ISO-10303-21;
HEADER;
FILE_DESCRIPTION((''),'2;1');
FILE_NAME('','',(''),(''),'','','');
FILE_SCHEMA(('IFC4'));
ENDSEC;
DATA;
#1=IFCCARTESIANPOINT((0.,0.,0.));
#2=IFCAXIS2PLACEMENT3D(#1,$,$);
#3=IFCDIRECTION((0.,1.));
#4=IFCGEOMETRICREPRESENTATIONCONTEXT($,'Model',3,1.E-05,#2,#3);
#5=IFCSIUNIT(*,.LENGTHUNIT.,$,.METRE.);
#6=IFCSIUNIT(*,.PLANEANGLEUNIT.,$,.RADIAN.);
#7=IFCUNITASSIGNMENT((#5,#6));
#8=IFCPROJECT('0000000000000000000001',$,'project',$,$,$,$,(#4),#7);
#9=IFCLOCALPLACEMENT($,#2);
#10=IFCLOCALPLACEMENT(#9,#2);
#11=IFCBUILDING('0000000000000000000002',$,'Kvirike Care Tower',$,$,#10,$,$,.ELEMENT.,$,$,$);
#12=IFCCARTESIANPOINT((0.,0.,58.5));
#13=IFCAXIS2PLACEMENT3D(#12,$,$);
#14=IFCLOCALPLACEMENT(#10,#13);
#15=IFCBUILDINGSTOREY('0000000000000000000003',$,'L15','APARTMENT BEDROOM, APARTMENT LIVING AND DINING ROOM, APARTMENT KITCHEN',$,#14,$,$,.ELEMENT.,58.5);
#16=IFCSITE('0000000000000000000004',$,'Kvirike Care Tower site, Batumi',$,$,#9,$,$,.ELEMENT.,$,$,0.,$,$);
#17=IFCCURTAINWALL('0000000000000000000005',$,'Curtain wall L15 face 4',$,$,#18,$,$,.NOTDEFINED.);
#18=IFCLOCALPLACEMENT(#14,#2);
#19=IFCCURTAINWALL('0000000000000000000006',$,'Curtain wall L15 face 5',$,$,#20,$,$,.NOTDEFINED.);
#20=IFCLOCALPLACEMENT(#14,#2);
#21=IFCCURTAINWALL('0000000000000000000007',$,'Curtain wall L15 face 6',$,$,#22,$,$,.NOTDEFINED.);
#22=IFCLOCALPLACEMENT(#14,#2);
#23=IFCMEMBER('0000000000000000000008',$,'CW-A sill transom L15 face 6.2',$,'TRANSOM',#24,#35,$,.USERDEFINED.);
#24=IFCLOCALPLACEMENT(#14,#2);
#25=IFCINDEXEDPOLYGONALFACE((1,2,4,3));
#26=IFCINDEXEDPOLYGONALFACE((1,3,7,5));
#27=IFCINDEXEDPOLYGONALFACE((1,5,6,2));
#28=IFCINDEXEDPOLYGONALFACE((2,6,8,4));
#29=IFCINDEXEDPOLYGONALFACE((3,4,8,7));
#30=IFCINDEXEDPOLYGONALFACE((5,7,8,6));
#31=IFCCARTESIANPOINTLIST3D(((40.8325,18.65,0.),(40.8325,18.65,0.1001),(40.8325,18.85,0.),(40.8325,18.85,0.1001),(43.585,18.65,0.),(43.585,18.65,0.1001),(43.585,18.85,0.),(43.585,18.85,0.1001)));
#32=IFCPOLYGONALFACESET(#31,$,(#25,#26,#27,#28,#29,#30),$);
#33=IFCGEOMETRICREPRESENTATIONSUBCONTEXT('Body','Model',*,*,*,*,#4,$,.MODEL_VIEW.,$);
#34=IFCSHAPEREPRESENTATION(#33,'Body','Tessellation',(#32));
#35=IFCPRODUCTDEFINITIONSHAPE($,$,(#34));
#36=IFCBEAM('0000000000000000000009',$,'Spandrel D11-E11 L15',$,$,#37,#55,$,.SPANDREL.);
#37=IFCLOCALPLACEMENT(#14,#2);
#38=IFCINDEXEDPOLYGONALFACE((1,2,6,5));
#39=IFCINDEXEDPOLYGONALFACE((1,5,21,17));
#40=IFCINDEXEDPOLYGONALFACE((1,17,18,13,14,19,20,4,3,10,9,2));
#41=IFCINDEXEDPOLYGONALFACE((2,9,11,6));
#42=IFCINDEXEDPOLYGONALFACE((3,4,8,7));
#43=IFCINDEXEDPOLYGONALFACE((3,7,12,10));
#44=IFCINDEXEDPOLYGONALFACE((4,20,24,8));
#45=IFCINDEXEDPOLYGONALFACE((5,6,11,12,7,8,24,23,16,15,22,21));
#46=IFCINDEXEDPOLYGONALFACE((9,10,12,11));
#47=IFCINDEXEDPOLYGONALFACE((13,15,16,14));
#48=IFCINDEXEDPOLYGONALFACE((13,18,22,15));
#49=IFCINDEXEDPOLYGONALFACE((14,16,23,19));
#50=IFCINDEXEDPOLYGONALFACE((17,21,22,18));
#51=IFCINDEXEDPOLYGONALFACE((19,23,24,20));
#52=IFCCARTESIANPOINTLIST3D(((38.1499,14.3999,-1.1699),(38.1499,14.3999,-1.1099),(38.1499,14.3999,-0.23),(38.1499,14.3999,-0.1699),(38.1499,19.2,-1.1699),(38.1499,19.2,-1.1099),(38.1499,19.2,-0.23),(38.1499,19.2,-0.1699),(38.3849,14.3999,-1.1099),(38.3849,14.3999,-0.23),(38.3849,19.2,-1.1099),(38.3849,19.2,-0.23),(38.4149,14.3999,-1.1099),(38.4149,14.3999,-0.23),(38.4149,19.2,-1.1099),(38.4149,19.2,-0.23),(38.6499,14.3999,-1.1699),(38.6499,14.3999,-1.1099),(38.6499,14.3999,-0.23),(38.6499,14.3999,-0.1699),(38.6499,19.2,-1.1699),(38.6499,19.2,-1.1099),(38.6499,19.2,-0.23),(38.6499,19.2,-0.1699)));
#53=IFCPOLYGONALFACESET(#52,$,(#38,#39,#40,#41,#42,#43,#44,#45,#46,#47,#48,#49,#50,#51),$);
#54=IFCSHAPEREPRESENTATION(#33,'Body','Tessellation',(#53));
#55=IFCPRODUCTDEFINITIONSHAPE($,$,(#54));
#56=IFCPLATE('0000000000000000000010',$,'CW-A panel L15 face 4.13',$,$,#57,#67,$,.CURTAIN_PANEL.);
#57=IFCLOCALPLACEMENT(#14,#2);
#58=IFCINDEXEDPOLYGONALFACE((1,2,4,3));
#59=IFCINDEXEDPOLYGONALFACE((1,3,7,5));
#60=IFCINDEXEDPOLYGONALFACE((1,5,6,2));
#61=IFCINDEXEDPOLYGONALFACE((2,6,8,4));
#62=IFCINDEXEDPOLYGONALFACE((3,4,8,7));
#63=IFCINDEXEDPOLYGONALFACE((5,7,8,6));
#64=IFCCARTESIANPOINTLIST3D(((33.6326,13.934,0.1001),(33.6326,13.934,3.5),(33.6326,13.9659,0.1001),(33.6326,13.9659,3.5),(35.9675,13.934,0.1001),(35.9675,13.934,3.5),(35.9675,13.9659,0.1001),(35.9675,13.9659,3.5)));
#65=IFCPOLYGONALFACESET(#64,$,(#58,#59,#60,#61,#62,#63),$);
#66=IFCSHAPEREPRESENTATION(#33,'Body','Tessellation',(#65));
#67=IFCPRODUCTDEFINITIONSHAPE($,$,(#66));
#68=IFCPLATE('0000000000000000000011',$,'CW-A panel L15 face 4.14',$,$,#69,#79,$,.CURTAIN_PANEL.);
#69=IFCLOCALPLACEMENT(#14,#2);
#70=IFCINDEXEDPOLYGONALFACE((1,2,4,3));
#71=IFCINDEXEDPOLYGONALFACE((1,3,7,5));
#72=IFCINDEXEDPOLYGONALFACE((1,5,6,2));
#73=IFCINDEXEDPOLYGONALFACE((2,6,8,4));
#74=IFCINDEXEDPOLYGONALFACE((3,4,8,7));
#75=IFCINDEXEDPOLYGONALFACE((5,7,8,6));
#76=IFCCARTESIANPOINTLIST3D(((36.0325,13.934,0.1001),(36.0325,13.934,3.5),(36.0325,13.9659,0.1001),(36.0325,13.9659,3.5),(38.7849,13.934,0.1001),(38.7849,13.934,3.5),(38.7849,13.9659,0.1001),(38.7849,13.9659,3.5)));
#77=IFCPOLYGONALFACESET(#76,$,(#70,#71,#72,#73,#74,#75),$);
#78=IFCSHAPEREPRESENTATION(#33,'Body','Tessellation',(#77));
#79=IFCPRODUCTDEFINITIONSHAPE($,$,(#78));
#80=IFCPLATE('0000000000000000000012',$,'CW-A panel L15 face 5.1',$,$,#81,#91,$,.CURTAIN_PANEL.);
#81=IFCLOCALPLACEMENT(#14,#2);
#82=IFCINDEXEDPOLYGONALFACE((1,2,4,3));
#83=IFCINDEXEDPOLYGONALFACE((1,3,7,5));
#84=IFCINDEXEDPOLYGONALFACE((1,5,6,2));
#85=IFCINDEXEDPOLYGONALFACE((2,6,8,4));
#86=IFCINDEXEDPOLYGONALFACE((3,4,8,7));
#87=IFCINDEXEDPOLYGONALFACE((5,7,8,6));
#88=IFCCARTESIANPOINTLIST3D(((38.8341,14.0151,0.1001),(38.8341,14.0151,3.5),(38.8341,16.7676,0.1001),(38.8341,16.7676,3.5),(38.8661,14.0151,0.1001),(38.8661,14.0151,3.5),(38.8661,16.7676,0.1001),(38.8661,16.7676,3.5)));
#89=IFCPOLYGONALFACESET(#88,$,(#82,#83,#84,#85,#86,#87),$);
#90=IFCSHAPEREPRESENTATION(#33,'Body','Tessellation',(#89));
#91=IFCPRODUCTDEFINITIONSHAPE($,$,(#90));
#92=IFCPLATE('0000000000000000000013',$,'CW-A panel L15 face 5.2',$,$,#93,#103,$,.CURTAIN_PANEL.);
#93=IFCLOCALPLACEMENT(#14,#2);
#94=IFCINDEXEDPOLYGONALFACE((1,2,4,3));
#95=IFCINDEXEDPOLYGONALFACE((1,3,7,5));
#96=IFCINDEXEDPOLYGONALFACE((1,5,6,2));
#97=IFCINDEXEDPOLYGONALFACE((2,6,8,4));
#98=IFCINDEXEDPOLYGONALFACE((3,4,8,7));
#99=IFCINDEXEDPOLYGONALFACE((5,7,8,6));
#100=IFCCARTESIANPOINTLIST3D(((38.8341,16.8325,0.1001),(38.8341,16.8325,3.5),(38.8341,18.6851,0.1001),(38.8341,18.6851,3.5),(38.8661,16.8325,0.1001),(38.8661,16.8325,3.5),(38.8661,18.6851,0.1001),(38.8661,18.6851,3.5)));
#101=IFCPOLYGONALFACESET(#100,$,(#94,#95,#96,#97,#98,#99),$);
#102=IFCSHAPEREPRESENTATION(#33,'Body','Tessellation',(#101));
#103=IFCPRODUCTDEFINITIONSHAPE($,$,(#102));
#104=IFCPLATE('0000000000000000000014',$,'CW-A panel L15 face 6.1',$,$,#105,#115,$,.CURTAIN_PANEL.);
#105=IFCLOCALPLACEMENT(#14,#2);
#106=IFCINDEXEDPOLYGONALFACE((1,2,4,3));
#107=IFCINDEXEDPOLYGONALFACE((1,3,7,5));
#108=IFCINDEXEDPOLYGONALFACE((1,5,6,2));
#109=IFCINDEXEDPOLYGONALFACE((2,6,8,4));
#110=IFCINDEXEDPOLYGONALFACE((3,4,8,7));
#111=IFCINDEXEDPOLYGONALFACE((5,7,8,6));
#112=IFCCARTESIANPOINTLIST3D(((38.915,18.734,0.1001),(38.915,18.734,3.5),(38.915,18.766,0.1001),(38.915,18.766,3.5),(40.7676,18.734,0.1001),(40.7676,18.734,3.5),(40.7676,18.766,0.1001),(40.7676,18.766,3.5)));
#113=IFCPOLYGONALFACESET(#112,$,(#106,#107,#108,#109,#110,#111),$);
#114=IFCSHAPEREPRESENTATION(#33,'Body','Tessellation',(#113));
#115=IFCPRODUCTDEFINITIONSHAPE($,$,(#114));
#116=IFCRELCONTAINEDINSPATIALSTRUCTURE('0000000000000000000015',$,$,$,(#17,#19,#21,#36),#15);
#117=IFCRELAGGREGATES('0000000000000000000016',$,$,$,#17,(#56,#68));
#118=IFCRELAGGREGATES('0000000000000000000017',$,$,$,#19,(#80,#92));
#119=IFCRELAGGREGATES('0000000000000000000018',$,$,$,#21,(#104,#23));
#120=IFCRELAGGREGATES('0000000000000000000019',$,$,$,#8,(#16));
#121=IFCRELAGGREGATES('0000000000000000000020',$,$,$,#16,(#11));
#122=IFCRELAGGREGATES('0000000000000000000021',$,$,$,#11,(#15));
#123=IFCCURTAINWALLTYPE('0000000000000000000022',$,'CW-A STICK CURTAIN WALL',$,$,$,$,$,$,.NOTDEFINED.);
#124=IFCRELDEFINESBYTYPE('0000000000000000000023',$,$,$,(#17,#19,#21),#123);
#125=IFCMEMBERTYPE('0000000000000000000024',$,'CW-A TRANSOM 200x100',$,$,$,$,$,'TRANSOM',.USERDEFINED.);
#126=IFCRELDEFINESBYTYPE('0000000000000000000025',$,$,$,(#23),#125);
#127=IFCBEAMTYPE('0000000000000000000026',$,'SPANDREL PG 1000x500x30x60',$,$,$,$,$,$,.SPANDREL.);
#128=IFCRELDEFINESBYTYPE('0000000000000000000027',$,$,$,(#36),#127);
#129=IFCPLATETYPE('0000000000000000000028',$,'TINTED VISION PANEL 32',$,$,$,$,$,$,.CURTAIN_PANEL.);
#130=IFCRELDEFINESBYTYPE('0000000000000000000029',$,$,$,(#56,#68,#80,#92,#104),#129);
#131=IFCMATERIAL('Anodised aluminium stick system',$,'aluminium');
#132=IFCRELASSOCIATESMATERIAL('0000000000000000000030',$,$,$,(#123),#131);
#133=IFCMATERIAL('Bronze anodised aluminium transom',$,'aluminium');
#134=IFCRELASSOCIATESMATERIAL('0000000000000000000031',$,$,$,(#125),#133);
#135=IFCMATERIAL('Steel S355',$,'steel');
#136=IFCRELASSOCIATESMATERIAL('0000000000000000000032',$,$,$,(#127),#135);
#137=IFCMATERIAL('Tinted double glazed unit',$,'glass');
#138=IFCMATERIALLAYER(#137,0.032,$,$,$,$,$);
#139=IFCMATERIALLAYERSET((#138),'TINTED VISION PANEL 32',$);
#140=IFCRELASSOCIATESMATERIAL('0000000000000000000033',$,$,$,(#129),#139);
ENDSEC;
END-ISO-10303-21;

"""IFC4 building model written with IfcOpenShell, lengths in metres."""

from ifc_helpers import new_model, si_unit, direction, frame, origin, origin_2d, place, context, subcontext, project, spatial, rectangle, i_section, extrude, material, layer, layer_set, material_profile, profile_set, type_object, element, aggregate, save


model = new_model("IFC4")

# Units and contexts
model_context = context("Model", 3, precision=1e-05, world=origin(), true_north=direction((0.0, 1.0)))
body_context = subcontext(model_context, "Body", "Model", "MODEL_VIEW")
ifc_project = project(units=[si_unit("LENGTHUNIT", "METRE"), si_unit("PLANEANGLEUNIT", "RADIAN")], contexts=[model_context])

# Site, building, storey
site_placement = place(None, origin())
site = spatial("IfcSite", under=ifc_project, at=site_placement, Name="Kvirike Care Tower site, Batumi", CompositionType="ELEMENT", RefElevation=0.0)
building_placement = place(site_placement, origin())
building = spatial("IfcBuilding", under=site, at=building_placement, Name="Kvirike Care Tower", CompositionType="ELEMENT")
storey_placement = place(building_placement, frame((0.0, 0.0, 58.5)))
storey = spatial("IfcBuildingStorey", under=building, at=storey_placement, Name="L15", Description="APARTMENT BEDROOM, APARTMENT LIVING AND DINING ROOM, APARTMENT KITCHEN", CompositionType="ELEMENT", Elevation=58.5)

# Curtain walls
ifc_material_1 = material(Name="Anodised aluminium stick system", Category="aluminium")
curtain_wall_type = type_object("IfcCurtainWallType", Name="CW-A STICK CURTAIN WALL", PredefinedType="NOTDEFINED", material=ifc_material_1)
curtain_wall_1_placement = place(storey_placement, origin())
curtain_wall_1 = element("IfcCurtainWall", 1, at=curtain_wall_1_placement, inside=storey, type_object=curtain_wall_type, Name="Curtain wall L15 face 4", PredefinedType="NOTDEFINED")
curtain_wall_2_placement = place(storey_placement, origin())
curtain_wall_2 = element("IfcCurtainWall", 2, at=curtain_wall_2_placement, inside=storey, type_object=curtain_wall_type, Name="Curtain wall L15 face 5", PredefinedType="NOTDEFINED")
curtain_wall_3_placement = place(storey_placement, origin())
curtain_wall_3 = element("IfcCurtainWall", 3, at=curtain_wall_3_placement, inside=storey, type_object=curtain_wall_type, Name="Curtain wall L15 face 6", PredefinedType="NOTDEFINED")

# Member
ifc_material_2 = material(Name="Bronze anodised aluminium transom", Category="aluminium")
ifc_material_profile_1 = material_profile(ifc_material_2, rectangle(XDim=0.2, YDim=0.1001, at=origin_2d()), Name="CW-A TRANSOM 200x100")
ifc_profile_set_1 = profile_set([ifc_material_profile_1], Name="Bronze anodised aluminium transom")
member_type_1 = type_object("IfcMemberType", Name="CW-A TRANSOM 200x100", ElementType="TRANSOM", PredefinedType="USERDEFINED", material=ifc_profile_set_1)
member_1_placement = place(storey_placement, frame((40.8325, 18.75, 0.05), z_axis=(1.0, 0.0, 0.0), x_axis=(0.0, 1.0, 0.0)))
member_1 = element("IfcMember", 4, at=member_1_placement, type_object=member_type_1, Name="CW-A sill transom L15 face 6.2", ObjectType="TRANSOM", PredefinedType="USERDEFINED", context=body_context, shape_type="SweptSolid", body=[
    extrude(rectangle(XDim=0.2, YDim=0.1001, at=origin_2d()), origin(), (0.0, 0.0, 1.0), 2.7524),
])

# Beam
ifc_material_3 = material(Name="Steel S355", Category="steel")
ifc_material_profile_2 = material_profile(ifc_material_3, i_section(OverallWidth=0.5, OverallDepth=1.0, WebThickness=0.03, FlangeThickness=0.0601, at=origin_2d()), Name="PG 1000x500x30x60")
ifc_profile_set_2 = profile_set([ifc_material_profile_2], Name="Steel S355")
beam_type = type_object("IfcBeamType", Name="SPANDREL PG 1000x500x30x60", PredefinedType="SPANDREL", material=ifc_profile_set_2)
beam_placement = place(storey_placement, frame((38.3999, 14.3999, -0.6699), z_axis=(0.0, 1.0, 0.0), x_axis=(-1.0, 0.0, 0.0)))
element("IfcBeam", 5, at=beam_placement, inside=storey, type_object=beam_type, Name="Spandrel D11-E11 L15", PredefinedType="SPANDREL", context=body_context, shape_type="SweptSolid", body=[
    extrude(i_section(OverallWidth=0.5, OverallDepth=1.0, WebThickness=0.03, FlangeThickness=0.0601, at=origin_2d()), origin(), (0.0, 0.0, 1.0), 4.8),
])

# Plates
ifc_material_4 = material(Name="Tinted double glazed unit", Category="glass")
ifc_layer = layer(ifc_material_4, 0.032)
ifc_layer_set = layer_set([ifc_layer], Name="TINTED VISION PANEL 32")
plate_type = type_object("IfcPlateType", Name="TINTED VISION PANEL 32", PredefinedType="CURTAIN_PANEL", material=ifc_layer_set)
plate_1_placement = place(storey_placement, frame((34.8, 13.95, 0.1001), z_axis=(0.0, 0.0, 1.0), x_axis=(1.0, 0.0, 0.0)))
plate_1 = element("IfcPlate", 6, at=plate_1_placement, type_object=plate_type, Name="CW-A panel L15 face 4.13", PredefinedType="CURTAIN_PANEL", context=body_context, shape_type="SweptSolid", body=[
    extrude(rectangle(XDim=2.335, YDim=0.032, at=origin_2d()), origin(), (0.0, 0.0, 1.0), 3.3999),
])
plate_2_placement = place(storey_placement, frame((37.4087, 13.95, 0.1001), z_axis=(0.0, 0.0, 1.0), x_axis=(1.0, 0.0, 0.0)))
plate_2 = element("IfcPlate", 7, at=plate_2_placement, type_object=plate_type, Name="CW-A panel L15 face 4.14", PredefinedType="CURTAIN_PANEL", context=body_context, shape_type="SweptSolid", body=[
    extrude(rectangle(XDim=2.7524, YDim=0.032, at=origin_2d()), origin(), (0.0, 0.0, 1.0), 3.3999),
])
aggregate(curtain_wall_1, [plate_1, plate_2])
plate_3_placement = place(storey_placement, frame((38.8501, 15.3914, 0.1001), z_axis=(0.0, 0.0, 1.0), x_axis=(0.0, 1.0, 0.0)))
plate_3 = element("IfcPlate", 8, at=plate_3_placement, type_object=plate_type, Name="CW-A panel L15 face 5.1", PredefinedType="CURTAIN_PANEL", context=body_context, shape_type="SweptSolid", body=[
    extrude(rectangle(XDim=2.7524, YDim=0.032, at=origin_2d()), origin(), (0.0, 0.0, 1.0), 3.3999),
])
plate_4_placement = place(storey_placement, frame((38.8501, 17.7588, 0.1001), z_axis=(0.0, 0.0, 1.0), x_axis=(0.0, 1.0, 0.0)))
plate_4 = element("IfcPlate", 9, at=plate_4_placement, type_object=plate_type, Name="CW-A panel L15 face 5.2", PredefinedType="CURTAIN_PANEL", context=body_context, shape_type="SweptSolid", body=[
    extrude(rectangle(XDim=1.8525, YDim=0.032, at=origin_2d()), origin(), (0.0, 0.0, 1.0), 3.3999),
])
aggregate(curtain_wall_2, [plate_3, plate_4])
plate_5_placement = place(storey_placement, frame((39.8413, 18.75, 0.1001), z_axis=(0.0, 0.0, 1.0), x_axis=(1.0, 0.0, 0.0)))
plate_5 = element("IfcPlate", 10, at=plate_5_placement, type_object=plate_type, Name="CW-A panel L15 face 6.1", PredefinedType="CURTAIN_PANEL", context=body_context, shape_type="SweptSolid", body=[
    extrude(rectangle(XDim=1.8525, YDim=0.032, at=origin_2d()), origin(), (0.0, 0.0, 1.0), 3.3999),
])
aggregate(curtain_wall_3, [plate_5, member_1])

save(model, "model.ifc")
